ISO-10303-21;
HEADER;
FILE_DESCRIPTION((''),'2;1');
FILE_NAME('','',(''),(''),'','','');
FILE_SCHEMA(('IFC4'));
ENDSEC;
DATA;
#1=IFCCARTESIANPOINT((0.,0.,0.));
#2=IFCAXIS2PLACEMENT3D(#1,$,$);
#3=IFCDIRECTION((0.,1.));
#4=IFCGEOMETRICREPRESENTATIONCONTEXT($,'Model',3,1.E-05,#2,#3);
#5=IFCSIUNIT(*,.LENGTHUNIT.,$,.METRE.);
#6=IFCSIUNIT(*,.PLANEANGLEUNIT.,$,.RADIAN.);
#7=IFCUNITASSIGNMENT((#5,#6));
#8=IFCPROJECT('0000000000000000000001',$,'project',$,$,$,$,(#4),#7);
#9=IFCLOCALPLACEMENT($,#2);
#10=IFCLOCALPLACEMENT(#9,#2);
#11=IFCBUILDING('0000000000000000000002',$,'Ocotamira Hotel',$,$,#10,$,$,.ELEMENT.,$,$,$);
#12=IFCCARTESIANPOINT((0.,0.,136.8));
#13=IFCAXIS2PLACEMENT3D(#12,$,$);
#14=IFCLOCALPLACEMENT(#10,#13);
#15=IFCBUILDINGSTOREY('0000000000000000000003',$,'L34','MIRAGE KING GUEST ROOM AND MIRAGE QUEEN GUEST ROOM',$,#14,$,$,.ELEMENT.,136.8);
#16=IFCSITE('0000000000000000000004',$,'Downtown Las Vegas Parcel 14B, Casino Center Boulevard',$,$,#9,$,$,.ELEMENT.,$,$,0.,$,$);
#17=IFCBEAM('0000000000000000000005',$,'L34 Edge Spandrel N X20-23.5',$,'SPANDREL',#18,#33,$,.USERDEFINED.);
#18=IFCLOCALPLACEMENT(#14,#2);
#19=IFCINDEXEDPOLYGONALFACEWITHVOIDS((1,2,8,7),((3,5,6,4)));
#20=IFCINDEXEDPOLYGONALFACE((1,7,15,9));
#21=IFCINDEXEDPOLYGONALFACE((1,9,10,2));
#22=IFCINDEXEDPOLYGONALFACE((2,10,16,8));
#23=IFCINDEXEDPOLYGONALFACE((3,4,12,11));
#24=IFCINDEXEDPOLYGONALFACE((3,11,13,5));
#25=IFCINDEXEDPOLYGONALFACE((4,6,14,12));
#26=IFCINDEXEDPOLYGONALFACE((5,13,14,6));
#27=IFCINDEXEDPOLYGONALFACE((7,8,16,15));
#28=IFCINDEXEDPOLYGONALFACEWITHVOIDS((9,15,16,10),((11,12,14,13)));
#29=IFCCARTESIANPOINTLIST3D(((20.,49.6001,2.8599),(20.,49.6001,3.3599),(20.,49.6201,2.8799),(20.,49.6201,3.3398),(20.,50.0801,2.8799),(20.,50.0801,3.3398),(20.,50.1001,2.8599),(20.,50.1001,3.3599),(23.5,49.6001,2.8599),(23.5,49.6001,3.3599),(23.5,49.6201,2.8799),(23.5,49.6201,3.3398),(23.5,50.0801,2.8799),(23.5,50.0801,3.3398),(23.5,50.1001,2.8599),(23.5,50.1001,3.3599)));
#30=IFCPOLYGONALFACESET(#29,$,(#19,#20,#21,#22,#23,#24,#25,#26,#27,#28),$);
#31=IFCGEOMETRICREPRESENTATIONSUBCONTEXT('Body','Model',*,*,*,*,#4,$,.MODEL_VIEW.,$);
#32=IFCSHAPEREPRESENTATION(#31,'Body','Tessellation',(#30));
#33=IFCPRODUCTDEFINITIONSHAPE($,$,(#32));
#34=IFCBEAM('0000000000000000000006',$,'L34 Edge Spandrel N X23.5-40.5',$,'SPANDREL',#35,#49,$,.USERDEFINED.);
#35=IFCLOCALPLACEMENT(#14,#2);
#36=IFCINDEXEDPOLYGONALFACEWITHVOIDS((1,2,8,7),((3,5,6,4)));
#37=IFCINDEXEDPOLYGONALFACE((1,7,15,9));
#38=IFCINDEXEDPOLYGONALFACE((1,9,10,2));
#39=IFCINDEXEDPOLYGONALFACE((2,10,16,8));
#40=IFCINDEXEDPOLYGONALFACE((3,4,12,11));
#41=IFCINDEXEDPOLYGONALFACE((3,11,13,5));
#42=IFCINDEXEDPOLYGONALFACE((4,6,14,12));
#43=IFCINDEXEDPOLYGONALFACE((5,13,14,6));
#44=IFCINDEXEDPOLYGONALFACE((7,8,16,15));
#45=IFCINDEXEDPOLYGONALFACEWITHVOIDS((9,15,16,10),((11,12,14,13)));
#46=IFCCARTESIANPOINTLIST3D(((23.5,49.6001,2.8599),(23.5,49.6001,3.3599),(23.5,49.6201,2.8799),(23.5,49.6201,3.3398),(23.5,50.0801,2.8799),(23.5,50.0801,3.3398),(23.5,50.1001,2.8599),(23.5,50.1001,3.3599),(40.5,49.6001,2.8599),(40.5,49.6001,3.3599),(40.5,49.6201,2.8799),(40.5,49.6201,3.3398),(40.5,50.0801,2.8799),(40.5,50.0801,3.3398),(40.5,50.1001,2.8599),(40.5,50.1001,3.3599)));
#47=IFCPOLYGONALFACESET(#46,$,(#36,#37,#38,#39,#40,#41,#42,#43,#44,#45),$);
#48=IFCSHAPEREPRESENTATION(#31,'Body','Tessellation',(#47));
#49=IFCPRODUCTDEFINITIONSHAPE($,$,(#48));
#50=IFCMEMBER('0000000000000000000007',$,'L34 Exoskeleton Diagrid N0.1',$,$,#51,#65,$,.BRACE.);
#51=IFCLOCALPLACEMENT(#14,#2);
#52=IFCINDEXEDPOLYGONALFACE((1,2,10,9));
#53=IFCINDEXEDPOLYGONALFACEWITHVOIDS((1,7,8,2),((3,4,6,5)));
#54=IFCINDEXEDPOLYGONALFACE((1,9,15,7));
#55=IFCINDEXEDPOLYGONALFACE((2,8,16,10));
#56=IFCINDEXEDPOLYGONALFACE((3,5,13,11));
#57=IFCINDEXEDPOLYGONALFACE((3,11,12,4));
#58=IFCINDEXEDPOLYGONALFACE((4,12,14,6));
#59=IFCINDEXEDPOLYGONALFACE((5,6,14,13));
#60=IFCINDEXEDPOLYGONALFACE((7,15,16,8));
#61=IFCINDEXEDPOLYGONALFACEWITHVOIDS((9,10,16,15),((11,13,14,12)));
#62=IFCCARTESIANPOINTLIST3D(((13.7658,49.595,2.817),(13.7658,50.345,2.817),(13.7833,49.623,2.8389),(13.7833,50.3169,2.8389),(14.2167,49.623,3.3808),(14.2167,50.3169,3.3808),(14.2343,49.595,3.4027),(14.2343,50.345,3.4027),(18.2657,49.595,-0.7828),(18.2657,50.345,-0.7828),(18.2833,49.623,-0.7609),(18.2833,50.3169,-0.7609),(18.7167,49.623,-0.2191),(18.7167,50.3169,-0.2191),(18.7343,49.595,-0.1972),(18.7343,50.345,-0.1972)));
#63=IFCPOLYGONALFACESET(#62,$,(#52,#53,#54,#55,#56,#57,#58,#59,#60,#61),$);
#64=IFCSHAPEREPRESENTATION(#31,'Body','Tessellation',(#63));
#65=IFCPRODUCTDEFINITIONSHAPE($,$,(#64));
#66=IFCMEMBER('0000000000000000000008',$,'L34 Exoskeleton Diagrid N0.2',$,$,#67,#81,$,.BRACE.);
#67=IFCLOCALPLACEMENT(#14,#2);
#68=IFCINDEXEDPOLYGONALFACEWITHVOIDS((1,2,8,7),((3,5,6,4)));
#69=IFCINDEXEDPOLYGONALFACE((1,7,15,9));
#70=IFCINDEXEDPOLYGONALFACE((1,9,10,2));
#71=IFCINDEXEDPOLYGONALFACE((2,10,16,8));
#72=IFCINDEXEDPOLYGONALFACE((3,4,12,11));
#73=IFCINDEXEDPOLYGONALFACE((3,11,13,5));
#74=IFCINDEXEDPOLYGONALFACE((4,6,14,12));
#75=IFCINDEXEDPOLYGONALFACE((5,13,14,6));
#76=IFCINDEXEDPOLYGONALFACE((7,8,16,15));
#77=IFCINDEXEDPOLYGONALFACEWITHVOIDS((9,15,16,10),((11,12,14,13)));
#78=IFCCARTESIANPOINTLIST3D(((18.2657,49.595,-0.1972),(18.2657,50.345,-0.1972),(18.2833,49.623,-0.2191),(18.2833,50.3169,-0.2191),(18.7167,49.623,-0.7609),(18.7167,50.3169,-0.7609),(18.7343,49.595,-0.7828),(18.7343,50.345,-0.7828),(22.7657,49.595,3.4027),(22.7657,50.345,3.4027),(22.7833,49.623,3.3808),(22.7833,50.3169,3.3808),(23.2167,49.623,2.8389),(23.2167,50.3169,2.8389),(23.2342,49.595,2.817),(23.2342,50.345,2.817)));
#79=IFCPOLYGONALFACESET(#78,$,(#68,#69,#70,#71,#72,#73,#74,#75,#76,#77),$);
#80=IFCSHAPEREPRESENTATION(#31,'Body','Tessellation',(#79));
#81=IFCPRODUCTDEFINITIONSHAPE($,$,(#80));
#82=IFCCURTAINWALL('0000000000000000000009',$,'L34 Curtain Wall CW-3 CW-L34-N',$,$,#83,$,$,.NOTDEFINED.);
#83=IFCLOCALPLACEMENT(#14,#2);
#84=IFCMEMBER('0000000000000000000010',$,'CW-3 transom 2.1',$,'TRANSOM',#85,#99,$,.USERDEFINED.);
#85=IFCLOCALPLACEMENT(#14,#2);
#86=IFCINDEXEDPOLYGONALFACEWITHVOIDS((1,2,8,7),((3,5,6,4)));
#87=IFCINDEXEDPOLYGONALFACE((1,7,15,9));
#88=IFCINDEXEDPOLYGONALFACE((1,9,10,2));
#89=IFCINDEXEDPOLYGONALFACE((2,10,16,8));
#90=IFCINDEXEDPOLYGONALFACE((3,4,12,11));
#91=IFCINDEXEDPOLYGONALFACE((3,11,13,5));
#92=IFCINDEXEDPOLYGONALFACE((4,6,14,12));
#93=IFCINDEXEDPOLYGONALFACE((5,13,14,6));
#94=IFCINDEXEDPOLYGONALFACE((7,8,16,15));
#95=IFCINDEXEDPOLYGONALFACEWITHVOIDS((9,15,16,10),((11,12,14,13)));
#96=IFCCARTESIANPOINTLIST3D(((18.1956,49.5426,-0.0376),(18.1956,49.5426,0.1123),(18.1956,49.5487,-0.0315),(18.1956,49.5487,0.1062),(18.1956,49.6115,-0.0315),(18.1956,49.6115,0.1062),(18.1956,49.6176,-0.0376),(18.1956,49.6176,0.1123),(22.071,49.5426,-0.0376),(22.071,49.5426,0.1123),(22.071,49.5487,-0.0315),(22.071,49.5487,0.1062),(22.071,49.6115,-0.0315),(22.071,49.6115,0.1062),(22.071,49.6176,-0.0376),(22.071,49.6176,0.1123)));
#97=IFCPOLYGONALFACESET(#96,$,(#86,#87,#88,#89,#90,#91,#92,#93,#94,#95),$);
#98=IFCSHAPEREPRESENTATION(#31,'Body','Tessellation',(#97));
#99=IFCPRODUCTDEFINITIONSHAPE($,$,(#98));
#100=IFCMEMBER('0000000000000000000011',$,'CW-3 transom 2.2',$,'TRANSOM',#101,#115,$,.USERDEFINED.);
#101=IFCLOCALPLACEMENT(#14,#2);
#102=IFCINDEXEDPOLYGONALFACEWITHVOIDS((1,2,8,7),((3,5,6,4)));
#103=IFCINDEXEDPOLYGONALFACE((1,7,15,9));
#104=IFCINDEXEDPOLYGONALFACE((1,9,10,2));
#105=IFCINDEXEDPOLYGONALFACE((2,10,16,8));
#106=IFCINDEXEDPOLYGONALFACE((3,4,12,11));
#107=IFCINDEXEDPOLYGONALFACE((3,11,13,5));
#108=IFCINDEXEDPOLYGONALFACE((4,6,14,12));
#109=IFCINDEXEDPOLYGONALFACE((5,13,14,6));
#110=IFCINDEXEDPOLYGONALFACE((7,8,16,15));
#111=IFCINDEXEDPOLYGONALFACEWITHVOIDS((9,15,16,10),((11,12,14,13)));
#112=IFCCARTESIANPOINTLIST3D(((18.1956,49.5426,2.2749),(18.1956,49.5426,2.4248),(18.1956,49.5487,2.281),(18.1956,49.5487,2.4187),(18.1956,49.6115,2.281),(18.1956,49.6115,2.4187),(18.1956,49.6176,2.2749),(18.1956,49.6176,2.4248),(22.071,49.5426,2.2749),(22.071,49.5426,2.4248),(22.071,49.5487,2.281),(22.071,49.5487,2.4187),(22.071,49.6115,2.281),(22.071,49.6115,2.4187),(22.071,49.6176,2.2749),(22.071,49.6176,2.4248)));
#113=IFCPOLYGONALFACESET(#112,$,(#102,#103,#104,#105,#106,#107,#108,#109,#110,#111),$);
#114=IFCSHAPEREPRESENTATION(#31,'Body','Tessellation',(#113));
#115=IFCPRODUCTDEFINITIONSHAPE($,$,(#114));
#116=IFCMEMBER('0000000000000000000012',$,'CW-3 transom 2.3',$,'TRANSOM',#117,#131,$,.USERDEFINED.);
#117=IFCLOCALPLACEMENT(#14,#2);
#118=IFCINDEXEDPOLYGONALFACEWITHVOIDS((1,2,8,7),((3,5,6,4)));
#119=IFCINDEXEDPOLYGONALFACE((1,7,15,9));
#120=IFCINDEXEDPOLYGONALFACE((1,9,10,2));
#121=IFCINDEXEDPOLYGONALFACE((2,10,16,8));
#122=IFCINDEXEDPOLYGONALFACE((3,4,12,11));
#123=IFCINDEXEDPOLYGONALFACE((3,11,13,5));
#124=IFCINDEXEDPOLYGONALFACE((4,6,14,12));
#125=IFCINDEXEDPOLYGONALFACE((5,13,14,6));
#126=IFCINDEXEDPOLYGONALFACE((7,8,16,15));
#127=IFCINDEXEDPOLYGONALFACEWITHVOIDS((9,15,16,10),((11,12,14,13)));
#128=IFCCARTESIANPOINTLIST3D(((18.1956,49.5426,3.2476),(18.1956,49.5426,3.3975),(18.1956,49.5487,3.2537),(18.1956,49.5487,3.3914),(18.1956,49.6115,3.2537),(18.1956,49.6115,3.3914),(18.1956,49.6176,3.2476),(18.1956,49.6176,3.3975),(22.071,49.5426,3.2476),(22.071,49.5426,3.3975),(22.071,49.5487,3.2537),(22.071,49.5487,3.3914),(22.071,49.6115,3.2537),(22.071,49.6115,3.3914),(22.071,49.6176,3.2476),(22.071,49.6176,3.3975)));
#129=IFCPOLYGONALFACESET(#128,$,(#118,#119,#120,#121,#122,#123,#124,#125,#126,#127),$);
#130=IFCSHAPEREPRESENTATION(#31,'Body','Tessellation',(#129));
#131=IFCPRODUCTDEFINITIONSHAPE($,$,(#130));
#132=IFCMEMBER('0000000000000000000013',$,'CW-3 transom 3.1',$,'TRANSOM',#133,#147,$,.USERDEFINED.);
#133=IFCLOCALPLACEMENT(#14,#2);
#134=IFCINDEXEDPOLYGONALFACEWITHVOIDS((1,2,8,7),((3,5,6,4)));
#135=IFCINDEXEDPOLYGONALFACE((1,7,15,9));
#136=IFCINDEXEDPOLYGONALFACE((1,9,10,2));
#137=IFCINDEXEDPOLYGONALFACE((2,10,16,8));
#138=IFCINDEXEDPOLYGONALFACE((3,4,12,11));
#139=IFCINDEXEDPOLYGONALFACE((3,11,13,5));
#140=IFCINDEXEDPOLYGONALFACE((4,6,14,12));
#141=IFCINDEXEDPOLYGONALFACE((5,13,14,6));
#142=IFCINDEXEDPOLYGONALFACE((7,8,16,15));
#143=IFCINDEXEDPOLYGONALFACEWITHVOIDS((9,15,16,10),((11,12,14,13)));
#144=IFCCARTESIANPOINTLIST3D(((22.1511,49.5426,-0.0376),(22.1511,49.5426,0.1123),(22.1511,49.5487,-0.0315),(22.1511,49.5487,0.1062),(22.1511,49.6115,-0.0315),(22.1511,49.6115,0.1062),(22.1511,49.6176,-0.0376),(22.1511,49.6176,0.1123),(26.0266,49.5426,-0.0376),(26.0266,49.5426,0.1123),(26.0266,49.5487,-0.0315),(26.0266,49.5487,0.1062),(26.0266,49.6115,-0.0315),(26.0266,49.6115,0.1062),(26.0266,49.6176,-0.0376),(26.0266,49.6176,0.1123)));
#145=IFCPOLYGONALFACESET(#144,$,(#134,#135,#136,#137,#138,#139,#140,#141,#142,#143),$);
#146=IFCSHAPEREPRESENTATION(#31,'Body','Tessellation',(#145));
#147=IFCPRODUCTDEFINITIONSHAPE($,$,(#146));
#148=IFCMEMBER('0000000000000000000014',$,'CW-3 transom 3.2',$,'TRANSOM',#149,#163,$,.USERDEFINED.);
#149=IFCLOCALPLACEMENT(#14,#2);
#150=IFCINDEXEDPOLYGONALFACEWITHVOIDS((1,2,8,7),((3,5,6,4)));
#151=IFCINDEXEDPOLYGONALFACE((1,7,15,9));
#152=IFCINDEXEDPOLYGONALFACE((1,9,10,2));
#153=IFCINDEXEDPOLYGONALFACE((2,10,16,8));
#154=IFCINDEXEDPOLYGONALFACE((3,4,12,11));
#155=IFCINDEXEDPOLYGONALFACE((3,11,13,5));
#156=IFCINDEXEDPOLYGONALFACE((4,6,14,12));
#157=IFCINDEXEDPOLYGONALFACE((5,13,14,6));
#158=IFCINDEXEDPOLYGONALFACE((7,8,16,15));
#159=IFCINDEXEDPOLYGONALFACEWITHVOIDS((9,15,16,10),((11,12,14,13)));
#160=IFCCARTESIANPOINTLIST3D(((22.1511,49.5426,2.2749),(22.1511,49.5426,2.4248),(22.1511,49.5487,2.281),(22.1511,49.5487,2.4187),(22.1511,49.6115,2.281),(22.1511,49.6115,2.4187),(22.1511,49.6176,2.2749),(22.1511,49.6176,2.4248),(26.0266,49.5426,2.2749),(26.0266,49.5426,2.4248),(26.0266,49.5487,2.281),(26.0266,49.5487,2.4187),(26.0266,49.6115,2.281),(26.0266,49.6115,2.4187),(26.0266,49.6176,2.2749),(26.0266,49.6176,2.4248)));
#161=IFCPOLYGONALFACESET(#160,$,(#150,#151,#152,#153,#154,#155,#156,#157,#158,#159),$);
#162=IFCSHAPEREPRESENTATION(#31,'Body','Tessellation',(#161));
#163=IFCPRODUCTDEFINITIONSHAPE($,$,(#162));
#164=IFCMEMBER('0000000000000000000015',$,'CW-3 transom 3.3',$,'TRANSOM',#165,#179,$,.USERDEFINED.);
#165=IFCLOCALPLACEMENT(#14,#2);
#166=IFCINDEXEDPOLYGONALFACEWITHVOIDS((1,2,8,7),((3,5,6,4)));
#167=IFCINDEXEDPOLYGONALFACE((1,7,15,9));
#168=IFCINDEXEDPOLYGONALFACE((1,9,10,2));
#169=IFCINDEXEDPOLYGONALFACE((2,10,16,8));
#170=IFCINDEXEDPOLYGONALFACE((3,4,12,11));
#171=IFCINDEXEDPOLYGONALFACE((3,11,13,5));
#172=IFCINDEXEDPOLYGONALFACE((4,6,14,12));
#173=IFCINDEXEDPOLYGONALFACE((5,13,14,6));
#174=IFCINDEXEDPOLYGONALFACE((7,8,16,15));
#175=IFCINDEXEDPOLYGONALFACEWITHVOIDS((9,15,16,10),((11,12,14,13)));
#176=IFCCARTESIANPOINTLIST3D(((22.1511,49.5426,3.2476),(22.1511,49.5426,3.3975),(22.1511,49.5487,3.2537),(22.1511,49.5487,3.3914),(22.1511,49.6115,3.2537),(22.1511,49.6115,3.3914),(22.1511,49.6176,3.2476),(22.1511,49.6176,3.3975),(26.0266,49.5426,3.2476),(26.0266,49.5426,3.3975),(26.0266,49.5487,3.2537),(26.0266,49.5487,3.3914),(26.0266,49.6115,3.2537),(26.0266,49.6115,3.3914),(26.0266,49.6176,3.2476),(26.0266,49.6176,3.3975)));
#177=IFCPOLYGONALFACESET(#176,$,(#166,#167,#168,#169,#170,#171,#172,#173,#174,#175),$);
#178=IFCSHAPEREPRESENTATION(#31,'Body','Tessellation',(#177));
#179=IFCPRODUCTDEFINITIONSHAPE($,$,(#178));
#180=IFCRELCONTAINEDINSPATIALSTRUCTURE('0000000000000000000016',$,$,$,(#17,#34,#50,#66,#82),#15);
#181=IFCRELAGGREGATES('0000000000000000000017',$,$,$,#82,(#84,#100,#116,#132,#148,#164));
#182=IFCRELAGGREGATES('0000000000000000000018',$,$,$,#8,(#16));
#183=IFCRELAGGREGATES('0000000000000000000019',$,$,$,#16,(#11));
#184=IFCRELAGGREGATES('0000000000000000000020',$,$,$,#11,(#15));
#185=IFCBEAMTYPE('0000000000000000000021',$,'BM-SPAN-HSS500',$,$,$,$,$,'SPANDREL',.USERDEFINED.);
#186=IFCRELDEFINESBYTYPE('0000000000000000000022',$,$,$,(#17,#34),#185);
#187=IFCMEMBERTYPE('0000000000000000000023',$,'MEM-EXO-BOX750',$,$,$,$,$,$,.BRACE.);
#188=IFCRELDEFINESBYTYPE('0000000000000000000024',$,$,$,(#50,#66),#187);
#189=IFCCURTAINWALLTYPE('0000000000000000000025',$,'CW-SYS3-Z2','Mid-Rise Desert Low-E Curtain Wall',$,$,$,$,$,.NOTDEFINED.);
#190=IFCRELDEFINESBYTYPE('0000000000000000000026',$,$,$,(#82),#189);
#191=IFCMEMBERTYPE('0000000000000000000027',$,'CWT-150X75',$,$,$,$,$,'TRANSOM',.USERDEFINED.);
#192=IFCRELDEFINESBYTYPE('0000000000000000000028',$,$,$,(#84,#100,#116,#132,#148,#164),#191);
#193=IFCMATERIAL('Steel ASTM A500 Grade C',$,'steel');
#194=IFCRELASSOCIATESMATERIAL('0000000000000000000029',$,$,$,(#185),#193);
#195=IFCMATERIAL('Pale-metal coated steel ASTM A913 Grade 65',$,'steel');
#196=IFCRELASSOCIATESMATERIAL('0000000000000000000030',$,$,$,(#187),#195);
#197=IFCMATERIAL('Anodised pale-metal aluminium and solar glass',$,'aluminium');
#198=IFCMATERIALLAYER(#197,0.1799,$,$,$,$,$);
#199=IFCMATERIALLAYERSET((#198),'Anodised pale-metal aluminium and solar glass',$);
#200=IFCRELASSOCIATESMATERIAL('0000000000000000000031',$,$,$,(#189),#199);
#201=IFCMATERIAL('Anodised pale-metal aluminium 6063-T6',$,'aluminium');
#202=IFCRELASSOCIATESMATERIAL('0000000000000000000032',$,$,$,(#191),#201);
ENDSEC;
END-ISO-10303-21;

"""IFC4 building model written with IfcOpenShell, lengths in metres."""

from ifc_helpers import new_model, si_unit, direction, frame, origin, origin_2d, place, context, subcontext, project, spatial, hollow_rectangle, extrude, source, transform, mapped, material, layer, layer_set, material_profile, profile_set, type_object, element, aggregate, save


model = new_model("IFC4")

# Units and contexts
model_context = context("Model", 3, precision=1e-05, world=origin(), true_north=direction((0.0, 1.0)))
body_context = subcontext(model_context, "Body", "Model", "MODEL_VIEW")
ifc_project = project(units=[si_unit("LENGTHUNIT", "METRE"), si_unit("PLANEANGLEUNIT", "RADIAN")], contexts=[model_context])

# Site, building, storey
site_placement = place(None, origin())
site = spatial("IfcSite", under=ifc_project, at=site_placement, Name="Downtown Las Vegas Parcel 14B, Casino Center Boulevard", CompositionType="ELEMENT", RefElevation=0.0)
building_placement = place(site_placement, origin())
building = spatial("IfcBuilding", under=site, at=building_placement, Name="Ocotamira Hotel", CompositionType="ELEMENT")
storey_placement = place(building_placement, frame((0.0, 0.0, 136.8)))
storey = spatial("IfcBuildingStorey", under=building, at=storey_placement, Name="L34", Description="MIRAGE KING GUEST ROOM AND MIRAGE QUEEN GUEST ROOM", CompositionType="ELEMENT", Elevation=136.8)

# Beams
ifc_material_1 = material(Name="Steel ASTM A500 Grade C", Category="steel")
ifc_material_profile_1 = material_profile(ifc_material_1, hollow_rectangle(XDim=0.5, YDim=0.5, WallThickness=0.02, at=origin_2d()), Name="HSS500X500X20")
ifc_profile_set_1 = profile_set([ifc_material_profile_1], Name="Steel ASTM A500 Grade C")
beam_type_1 = type_object("IfcBeamType", Name="BM-SPAN-HSS500", ElementType="SPANDREL", PredefinedType="USERDEFINED", material=ifc_profile_set_1)
shared_shape_1 = source(origin(), body_context, "Body", "SweptSolid", [
    extrude(hollow_rectangle(XDim=0.5, YDim=0.5, WallThickness=0.02, at=origin_2d()), origin(), (0.0, 0.0, 1.0), 3.5),
])
beam_1_placement = place(storey_placement, frame((20.0, 49.8501, 3.1099), z_axis=(1.0, 0.0, 0.0), x_axis=(0.0, 1.0, 0.0)))
element("IfcBeam", 1, at=beam_1_placement, inside=storey, type_object=beam_type_1, Name="L34 Edge Spandrel N X20-23.5", ObjectType="SPANDREL", PredefinedType="USERDEFINED", context=body_context, shape_type="MappedRepresentation", body=[
    mapped(shared_shape_1, transform((0.0, 0.0, 0.0), scale=1.0)),
])
shared_shape_2 = source(origin(), body_context, "Body", "SweptSolid", [
    extrude(hollow_rectangle(XDim=0.5, YDim=0.5, WallThickness=0.02, at=origin_2d()), origin(), (0.0, 0.0, 1.0), 17.0),
])
beam_2_placement = place(storey_placement, frame((23.5, 49.8501, 3.1099), z_axis=(1.0, 0.0, 0.0), x_axis=(0.0, 1.0, 0.0)))
element("IfcBeam", 2, at=beam_2_placement, inside=storey, type_object=beam_type_1, Name="L34 Edge Spandrel N X23.5-40.5", ObjectType="SPANDREL", PredefinedType="USERDEFINED", context=body_context, shape_type="MappedRepresentation", body=[
    mapped(shared_shape_2, transform((0.0, 0.0, 0.0), scale=1.0)),
])

# Members
ifc_material_2 = material(Name="Pale-metal coated steel ASTM A913 Grade 65", Category="steel")
ifc_material_profile_2 = material_profile(ifc_material_2, hollow_rectangle(XDim=0.75, YDim=0.75, WallThickness=0.0281, at=origin_2d()), Name="BOX750X750X28")
ifc_profile_set_2 = profile_set([ifc_material_profile_2], Name="Pale-metal coated steel ASTM A913 Grade 65")
member_type_1 = type_object("IfcMemberType", Name="MEM-EXO-BOX750", PredefinedType="BRACE", material=ifc_profile_set_2)
shared_shape_3 = source(origin(), body_context, "Body", "SweptSolid", [
    extrude(hollow_rectangle(XDim=0.75, YDim=0.75, WallThickness=0.0281, at=origin_2d()), origin(), (0.0, 0.0, 1.0), 5.7627),
])
for number, where, z_axis, x_axis, name in (
    (3, (18.5, 49.97, -0.49), (-0.780881, 0.0, 0.62468), (0.0, -1.0, 0.0), "L34 Exoskeleton Diagrid N0.1"),
    (4, (18.5, 49.97, -0.49), (0.780881, 0.0, 0.62468), (0.0, 1.0, 0.0), "L34 Exoskeleton Diagrid N0.2"),
):
    element("IfcMember", number, at=place(storey_placement, frame(where, z_axis=z_axis, x_axis=x_axis)), inside=storey, type_object=member_type_1, Name=name, PredefinedType="BRACE", context=body_context, shape_type="MappedRepresentation", body=[
        mapped(shared_shape_3, transform((0.0, 0.0, 0.0), scale=1.0)),
    ])

# Curtain wall, members
ifc_material_3 = material(Name="Anodised pale-metal aluminium and solar glass", Category="aluminium")
ifc_layer_1 = layer(ifc_material_3, 0.1799)
ifc_layer_set_1 = layer_set([ifc_layer_1], Name="Anodised pale-metal aluminium and solar glass")
curtain_wall_type = type_object("IfcCurtainWallType", Name="CW-SYS3-Z2", Description="Mid-Rise Desert Low-E Curtain Wall", PredefinedType="NOTDEFINED", material=ifc_layer_set_1)
curtain_wall_placement = place(storey_placement, origin())
curtain_wall = element("IfcCurtainWall", 5, at=curtain_wall_placement, inside=storey, type_object=curtain_wall_type, Name="L34 Curtain Wall CW-3 CW-L34-N", PredefinedType="NOTDEFINED")
ifc_material_4 = material(Name="Anodised pale-metal aluminium 6063-T6", Category="aluminium")
ifc_material_profile_3 = material_profile(ifc_material_4, hollow_rectangle(XDim=0.075, YDim=0.1499, WallThickness=0.0061, at=origin_2d()), Name="HSS150X75X6")
ifc_profile_set_3 = profile_set([ifc_material_profile_3], Name="Anodised pale-metal aluminium 6063-T6")
member_type_2 = type_object("IfcMemberType", Name="CWT-150X75", ElementType="TRANSOM", PredefinedType="USERDEFINED", material=ifc_profile_set_3)
shared_shape_4 = source(origin(), body_context, "Body", "SweptSolid", [
    extrude(hollow_rectangle(XDim=0.075, YDim=0.1499, WallThickness=0.0061, at=origin_2d()), origin(), (0.0, 0.0, 1.0), 3.8755),
])
member_1_placement = place(storey_placement, frame((18.1956, 49.5801, 0.0374), z_axis=(1.0, 0.0, 0.0), x_axis=(0.0, 1.0, 0.0)))
member_1 = element("IfcMember", 6, at=member_1_placement, type_object=member_type_2, Name="CW-3 transom 2.1", ObjectType="TRANSOM", PredefinedType="USERDEFINED", context=body_context, shape_type="MappedRepresentation", body=[
    mapped(shared_shape_4, transform((0.0, 0.0, 0.0), scale=1.0)),
])
member_2_placement = place(storey_placement, frame((18.1956, 49.5801, 2.3499), z_axis=(1.0, 0.0, 0.0), x_axis=(0.0, 1.0, 0.0)))
member_2 = element("IfcMember", 7, at=member_2_placement, type_object=member_type_2, Name="CW-3 transom 2.2", ObjectType="TRANSOM", PredefinedType="USERDEFINED", context=body_context, shape_type="MappedRepresentation", body=[
    mapped(shared_shape_4, transform((0.0, 0.0, 0.0), scale=1.0)),
])
member_3_placement = place(storey_placement, frame((18.1956, 49.5801, 3.3225), z_axis=(1.0, 0.0, 0.0), x_axis=(0.0, 1.0, 0.0)))
member_3 = element("IfcMember", 8, at=member_3_placement, type_object=member_type_2, Name="CW-3 transom 2.3", ObjectType="TRANSOM", PredefinedType="USERDEFINED", context=body_context, shape_type="MappedRepresentation", body=[
    mapped(shared_shape_4, transform((0.0, 0.0, 0.0), scale=1.0)),
])
member_4_placement = place(storey_placement, frame((22.1511, 49.5801, 0.0374), z_axis=(1.0, 0.0, 0.0), x_axis=(0.0, 1.0, 0.0)))
member_4 = element("IfcMember", 9, at=member_4_placement, type_object=member_type_2, Name="CW-3 transom 3.1", ObjectType="TRANSOM", PredefinedType="USERDEFINED", context=body_context, shape_type="MappedRepresentation", body=[
    mapped(shared_shape_4, transform((0.0, 0.0, 0.0), scale=1.0)),
])
member_5_placement = place(storey_placement, frame((22.1511, 49.5801, 2.3499), z_axis=(1.0, 0.0, 0.0), x_axis=(0.0, 1.0, 0.0)))
member_5 = element("IfcMember", 10, at=member_5_placement, type_object=member_type_2, Name="CW-3 transom 3.2", ObjectType="TRANSOM", PredefinedType="USERDEFINED", context=body_context, shape_type="MappedRepresentation", body=[
    mapped(shared_shape_4, transform((0.0, 0.0, 0.0), scale=1.0)),
])
member_6_placement = place(storey_placement, frame((22.1511, 49.5801, 3.3225), z_axis=(1.0, 0.0, 0.0), x_axis=(0.0, 1.0, 0.0)))
member_6 = element("IfcMember", 11, at=member_6_placement, type_object=member_type_2, Name="CW-3 transom 3.3", ObjectType="TRANSOM", PredefinedType="USERDEFINED", context=body_context, shape_type="MappedRepresentation", body=[
    mapped(shared_shape_4, transform((0.0, 0.0, 0.0), scale=1.0)),
])

aggregate(curtain_wall, [member_1, member_2, member_3, member_4, member_5, member_6])

save(model, "model.ifc")
